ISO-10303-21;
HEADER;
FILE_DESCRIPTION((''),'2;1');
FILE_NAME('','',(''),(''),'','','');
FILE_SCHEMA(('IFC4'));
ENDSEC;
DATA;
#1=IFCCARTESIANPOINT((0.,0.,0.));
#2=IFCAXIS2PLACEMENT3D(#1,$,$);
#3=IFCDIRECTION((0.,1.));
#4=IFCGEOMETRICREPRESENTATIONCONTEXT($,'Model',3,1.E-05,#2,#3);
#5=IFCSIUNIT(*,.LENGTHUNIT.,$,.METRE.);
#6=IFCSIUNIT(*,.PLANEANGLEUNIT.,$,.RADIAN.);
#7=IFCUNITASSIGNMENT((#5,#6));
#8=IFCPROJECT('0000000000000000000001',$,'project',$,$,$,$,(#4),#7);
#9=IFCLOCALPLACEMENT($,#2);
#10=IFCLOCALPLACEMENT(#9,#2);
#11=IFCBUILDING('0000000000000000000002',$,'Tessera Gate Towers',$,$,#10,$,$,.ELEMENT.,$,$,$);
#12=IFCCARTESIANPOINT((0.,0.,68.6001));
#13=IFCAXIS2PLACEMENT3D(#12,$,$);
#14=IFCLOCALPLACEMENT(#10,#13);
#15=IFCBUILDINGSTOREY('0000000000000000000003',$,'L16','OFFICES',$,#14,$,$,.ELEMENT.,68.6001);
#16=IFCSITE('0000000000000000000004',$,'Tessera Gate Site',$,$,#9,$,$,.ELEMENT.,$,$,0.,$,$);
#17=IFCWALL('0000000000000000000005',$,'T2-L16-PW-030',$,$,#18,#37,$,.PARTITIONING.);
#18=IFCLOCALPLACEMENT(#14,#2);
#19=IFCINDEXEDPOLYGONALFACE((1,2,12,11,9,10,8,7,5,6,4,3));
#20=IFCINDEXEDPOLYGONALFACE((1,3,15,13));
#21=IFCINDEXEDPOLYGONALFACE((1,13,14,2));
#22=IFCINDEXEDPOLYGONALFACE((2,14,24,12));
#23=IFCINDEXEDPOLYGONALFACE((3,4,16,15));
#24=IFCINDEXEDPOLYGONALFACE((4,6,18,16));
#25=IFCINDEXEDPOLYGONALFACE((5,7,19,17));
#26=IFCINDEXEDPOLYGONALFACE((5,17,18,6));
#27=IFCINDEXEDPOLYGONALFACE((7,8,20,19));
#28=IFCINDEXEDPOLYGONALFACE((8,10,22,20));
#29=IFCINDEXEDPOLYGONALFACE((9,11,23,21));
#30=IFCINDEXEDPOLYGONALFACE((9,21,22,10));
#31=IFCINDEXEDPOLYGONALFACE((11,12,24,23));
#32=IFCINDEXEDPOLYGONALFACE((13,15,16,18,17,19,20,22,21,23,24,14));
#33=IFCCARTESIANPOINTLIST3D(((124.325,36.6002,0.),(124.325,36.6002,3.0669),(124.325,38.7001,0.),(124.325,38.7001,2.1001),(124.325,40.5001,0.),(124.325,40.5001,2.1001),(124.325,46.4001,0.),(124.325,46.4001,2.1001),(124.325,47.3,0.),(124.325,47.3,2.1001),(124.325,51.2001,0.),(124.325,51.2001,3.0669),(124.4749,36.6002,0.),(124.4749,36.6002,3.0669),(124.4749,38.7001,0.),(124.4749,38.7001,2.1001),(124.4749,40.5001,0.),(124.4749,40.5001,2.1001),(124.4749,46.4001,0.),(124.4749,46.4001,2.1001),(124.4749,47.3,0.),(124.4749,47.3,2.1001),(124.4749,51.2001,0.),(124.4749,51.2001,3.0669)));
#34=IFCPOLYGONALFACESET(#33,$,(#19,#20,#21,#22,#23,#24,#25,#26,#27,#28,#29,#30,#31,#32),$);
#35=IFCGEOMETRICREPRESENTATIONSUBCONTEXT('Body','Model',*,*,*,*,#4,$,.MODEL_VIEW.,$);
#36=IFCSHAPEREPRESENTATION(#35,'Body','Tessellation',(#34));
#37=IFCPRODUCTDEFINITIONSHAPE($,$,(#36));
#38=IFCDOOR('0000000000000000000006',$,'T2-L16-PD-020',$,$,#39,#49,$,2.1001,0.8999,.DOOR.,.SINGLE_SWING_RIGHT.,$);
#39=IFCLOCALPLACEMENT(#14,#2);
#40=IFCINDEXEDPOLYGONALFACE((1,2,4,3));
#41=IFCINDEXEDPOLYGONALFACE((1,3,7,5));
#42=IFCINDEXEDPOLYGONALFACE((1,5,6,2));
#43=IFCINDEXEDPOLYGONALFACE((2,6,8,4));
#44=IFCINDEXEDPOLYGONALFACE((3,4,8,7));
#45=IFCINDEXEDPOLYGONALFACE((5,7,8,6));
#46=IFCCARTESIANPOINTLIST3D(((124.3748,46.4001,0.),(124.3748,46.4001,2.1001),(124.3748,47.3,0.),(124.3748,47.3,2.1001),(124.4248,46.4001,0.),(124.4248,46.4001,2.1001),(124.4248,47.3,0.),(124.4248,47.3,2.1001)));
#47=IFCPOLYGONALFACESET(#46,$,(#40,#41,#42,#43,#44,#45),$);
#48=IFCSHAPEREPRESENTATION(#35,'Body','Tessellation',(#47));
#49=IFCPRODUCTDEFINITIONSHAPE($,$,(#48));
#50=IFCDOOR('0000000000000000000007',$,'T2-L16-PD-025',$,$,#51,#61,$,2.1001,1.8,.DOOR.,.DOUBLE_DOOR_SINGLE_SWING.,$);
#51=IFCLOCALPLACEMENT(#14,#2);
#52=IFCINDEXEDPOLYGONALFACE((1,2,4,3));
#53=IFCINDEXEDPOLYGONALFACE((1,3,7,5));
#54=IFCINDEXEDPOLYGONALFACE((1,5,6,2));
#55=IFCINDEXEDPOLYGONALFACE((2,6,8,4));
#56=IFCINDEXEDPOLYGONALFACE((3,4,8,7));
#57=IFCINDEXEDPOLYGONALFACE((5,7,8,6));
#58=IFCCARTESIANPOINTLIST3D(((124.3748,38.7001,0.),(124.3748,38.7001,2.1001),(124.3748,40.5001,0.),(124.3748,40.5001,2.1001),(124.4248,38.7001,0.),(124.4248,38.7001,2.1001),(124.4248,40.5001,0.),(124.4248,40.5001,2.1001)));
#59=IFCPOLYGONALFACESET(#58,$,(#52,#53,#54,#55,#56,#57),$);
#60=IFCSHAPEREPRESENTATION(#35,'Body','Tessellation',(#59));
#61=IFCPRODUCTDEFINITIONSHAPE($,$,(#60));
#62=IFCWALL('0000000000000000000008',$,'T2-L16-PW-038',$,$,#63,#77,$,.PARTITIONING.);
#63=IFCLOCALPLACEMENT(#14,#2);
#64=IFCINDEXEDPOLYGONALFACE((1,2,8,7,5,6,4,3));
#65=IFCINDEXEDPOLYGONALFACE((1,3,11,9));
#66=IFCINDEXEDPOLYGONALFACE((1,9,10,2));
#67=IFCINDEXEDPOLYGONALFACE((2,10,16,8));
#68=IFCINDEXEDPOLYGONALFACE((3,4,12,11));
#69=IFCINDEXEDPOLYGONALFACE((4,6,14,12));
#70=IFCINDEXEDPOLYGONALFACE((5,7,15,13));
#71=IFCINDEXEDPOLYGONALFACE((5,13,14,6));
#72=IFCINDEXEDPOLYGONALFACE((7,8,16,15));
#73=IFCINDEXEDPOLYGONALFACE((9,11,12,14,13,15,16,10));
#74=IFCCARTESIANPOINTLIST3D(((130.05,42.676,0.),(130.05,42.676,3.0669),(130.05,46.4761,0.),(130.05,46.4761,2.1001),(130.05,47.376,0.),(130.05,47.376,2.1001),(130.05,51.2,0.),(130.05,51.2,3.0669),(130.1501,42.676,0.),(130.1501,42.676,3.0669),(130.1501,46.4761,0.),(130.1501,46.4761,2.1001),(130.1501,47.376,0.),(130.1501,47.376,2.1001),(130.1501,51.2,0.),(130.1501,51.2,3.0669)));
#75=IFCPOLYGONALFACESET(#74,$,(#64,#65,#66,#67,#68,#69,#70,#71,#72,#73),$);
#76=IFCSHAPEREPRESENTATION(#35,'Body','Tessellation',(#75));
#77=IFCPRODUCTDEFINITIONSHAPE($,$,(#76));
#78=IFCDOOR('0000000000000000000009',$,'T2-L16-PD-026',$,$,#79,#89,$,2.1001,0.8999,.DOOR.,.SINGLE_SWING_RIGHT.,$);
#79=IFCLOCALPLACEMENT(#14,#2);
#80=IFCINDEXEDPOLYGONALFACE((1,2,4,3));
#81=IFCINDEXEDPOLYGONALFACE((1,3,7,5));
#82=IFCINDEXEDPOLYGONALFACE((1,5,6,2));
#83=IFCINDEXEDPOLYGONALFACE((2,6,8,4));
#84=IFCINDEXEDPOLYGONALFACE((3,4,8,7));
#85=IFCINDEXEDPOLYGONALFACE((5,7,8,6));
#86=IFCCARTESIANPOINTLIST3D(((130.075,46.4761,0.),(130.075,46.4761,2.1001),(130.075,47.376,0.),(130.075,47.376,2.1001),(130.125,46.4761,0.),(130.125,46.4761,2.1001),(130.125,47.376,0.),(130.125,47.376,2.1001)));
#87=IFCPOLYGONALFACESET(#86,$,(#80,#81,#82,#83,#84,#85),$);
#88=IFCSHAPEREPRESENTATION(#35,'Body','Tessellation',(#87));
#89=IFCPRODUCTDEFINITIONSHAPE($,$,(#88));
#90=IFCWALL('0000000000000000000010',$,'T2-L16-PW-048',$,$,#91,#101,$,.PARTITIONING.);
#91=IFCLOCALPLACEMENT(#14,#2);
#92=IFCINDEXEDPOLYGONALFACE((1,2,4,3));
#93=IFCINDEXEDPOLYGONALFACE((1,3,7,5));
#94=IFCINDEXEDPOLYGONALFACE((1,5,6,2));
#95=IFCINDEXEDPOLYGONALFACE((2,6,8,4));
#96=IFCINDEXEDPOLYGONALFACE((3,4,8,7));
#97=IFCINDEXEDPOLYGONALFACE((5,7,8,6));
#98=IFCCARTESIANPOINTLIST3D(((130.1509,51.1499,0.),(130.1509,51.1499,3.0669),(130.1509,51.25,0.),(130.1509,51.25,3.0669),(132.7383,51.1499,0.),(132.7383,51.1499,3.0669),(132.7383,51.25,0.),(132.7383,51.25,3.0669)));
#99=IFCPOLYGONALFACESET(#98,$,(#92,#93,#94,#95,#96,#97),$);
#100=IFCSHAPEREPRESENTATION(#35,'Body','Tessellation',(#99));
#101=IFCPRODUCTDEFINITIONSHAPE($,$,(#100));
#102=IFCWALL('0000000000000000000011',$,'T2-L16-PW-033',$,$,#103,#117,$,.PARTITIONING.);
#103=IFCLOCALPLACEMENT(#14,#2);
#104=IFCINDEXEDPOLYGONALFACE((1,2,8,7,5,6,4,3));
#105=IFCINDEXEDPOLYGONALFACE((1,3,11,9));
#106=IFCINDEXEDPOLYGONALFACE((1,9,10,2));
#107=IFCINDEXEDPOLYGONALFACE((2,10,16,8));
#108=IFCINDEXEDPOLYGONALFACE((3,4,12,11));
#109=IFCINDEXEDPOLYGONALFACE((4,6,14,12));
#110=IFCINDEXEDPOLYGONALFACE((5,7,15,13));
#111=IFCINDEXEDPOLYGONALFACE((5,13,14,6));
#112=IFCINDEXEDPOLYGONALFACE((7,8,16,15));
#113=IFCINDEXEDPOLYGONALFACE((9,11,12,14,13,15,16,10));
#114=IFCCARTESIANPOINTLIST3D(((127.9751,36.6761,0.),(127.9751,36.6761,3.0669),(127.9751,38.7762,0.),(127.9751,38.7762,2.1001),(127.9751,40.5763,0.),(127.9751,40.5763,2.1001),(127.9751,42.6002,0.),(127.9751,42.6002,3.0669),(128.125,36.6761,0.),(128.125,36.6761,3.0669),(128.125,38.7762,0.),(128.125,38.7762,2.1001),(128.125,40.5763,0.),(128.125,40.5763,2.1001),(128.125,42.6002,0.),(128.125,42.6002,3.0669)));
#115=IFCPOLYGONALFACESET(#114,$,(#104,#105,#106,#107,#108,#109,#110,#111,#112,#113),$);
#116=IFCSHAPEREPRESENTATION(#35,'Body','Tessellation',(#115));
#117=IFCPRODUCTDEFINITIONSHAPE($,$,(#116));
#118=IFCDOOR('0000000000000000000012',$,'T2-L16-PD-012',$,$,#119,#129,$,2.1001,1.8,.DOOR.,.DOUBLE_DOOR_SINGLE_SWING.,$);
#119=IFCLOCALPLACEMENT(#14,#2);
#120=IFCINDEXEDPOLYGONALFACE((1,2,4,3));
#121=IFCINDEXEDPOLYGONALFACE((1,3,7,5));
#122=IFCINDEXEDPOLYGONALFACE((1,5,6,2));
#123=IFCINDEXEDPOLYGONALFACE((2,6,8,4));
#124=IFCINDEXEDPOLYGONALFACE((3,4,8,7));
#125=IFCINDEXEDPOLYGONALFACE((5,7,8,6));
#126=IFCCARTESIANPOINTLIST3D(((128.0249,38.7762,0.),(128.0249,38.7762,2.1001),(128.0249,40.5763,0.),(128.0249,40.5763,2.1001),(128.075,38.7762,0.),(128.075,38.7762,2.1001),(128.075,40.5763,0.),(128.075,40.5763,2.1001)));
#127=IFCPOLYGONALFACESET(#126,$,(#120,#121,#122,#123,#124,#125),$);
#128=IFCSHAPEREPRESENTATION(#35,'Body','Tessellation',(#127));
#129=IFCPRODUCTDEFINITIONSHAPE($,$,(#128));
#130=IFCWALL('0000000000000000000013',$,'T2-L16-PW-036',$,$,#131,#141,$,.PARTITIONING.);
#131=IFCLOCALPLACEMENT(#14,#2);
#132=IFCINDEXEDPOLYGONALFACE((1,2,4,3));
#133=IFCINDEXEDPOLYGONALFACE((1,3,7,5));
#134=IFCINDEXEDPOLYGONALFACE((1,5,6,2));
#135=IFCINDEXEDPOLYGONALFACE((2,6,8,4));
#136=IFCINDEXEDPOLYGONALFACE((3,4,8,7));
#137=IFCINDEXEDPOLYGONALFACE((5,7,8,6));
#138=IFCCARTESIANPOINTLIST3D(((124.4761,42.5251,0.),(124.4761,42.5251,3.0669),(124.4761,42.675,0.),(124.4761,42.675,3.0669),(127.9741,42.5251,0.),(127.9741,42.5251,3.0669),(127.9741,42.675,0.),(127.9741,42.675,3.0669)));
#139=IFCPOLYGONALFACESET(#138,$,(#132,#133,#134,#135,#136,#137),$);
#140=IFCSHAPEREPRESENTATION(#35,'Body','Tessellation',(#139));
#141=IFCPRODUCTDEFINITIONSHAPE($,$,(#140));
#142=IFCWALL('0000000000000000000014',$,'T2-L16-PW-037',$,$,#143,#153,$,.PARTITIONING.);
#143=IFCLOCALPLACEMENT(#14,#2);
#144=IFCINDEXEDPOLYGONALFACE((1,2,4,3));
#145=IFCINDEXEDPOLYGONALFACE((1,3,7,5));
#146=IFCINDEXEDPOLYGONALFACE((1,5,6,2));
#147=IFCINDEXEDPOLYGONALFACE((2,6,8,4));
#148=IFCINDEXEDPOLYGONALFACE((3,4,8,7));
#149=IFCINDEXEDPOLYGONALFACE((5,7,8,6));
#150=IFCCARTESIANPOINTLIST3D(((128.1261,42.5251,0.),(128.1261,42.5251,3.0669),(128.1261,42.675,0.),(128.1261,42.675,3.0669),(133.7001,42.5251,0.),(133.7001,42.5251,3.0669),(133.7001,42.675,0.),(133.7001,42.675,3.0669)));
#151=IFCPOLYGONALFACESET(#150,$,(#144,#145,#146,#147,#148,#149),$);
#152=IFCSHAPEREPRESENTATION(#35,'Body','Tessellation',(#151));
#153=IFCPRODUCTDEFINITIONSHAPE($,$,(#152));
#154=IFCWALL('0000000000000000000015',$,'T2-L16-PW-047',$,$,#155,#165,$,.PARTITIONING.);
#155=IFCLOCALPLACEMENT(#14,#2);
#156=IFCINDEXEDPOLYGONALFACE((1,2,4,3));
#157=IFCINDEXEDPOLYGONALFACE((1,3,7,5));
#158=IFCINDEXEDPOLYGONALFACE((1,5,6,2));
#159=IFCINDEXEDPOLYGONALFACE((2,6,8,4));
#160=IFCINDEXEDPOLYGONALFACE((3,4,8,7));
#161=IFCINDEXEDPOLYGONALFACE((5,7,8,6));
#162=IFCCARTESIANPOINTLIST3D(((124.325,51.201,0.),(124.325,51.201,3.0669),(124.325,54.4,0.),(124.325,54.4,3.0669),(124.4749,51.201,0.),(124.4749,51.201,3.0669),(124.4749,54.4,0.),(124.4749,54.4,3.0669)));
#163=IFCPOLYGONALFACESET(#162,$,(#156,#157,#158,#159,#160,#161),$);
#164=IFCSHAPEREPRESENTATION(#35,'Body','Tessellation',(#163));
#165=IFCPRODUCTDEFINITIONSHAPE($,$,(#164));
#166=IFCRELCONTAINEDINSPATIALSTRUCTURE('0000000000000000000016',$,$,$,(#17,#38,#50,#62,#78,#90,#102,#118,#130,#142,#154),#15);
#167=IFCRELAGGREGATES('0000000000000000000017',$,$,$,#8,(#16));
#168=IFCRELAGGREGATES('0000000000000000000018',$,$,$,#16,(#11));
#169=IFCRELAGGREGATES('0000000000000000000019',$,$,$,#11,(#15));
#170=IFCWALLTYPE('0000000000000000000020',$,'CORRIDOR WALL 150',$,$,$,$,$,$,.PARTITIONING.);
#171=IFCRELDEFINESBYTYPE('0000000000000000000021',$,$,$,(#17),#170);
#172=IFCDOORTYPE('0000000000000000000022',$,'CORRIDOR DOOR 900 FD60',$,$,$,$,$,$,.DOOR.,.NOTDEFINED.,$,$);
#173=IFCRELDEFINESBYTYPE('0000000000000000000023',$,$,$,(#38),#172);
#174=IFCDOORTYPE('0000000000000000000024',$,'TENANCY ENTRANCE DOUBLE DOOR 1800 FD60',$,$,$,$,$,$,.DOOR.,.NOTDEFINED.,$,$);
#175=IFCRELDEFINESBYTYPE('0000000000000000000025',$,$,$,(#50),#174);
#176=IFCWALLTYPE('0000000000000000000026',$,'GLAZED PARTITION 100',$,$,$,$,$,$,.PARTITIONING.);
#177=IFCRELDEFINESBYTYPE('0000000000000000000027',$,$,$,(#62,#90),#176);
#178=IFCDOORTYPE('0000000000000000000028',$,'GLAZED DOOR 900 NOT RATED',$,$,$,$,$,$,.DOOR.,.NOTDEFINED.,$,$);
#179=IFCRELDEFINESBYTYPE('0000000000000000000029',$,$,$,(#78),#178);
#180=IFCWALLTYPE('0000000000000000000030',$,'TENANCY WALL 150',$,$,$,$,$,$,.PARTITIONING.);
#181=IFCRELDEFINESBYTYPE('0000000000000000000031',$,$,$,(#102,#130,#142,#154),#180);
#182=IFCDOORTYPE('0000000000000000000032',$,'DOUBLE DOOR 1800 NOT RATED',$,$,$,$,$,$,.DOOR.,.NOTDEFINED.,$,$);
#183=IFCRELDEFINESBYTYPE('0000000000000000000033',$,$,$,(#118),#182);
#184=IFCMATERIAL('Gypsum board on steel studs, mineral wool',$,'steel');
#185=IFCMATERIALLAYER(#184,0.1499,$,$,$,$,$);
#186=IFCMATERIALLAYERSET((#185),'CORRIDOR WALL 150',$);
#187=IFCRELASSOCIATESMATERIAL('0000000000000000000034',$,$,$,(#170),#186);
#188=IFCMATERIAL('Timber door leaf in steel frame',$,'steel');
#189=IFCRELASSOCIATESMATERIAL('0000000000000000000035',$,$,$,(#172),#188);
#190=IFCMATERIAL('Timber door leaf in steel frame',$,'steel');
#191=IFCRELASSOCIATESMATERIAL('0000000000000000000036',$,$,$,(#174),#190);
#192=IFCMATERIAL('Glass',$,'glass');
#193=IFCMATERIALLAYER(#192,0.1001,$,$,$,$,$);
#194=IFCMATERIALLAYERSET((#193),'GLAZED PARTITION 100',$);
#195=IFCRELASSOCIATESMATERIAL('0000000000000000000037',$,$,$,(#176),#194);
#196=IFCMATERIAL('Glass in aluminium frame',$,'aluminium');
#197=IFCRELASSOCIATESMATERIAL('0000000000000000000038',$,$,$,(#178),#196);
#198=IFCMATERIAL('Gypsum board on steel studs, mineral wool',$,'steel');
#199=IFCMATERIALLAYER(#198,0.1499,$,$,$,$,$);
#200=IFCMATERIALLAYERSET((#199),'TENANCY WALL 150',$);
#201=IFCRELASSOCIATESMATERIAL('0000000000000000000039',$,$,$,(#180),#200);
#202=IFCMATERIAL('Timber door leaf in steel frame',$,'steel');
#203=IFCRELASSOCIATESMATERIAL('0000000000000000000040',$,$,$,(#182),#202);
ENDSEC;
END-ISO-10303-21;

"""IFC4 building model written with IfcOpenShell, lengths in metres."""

from ifc_helpers import new_model, si_unit, direction, frame, frame_2d, origin, place, context, subcontext, project, spatial, rectangle, extrude, source, transform, mapped, material, layer, layer_set, type_object, element, fill, save


model = new_model("IFC4")

# Units and contexts
model_context = context("Model", 3, precision=1e-05, world=origin(), true_north=direction((0.0, 1.0)))
body_context = subcontext(model_context, "Body", "Model", "MODEL_VIEW")
ifc_project = project(units=[si_unit("LENGTHUNIT", "METRE"), si_unit("PLANEANGLEUNIT", "RADIAN")], contexts=[model_context])

# Site, building, storey
site_placement = place(None, origin())
site = spatial("IfcSite", under=ifc_project, at=site_placement, Name="Tessera Gate Site", CompositionType="ELEMENT", RefElevation=0.0)
building_placement = place(site_placement, origin())
building = spatial("IfcBuilding", under=site, at=building_placement, Name="Tessera Gate Towers", CompositionType="ELEMENT")
storey_placement = place(building_placement, frame((0.0, 0.0, 68.6001)))
storey = spatial("IfcBuildingStorey", under=building, at=storey_placement, Name="L16", Description="OFFICES", CompositionType="ELEMENT", Elevation=68.6001)

# Wall, openings, doors
ifc_material_1 = material(Name="Gypsum board on steel studs, mineral wool", Category="steel")
ifc_layer_1 = layer(ifc_material_1, 0.1499)
ifc_layer_set_1 = layer_set([ifc_layer_1], Name="CORRIDOR WALL 150")
wall_type_1 = type_object("IfcWallType", Name="CORRIDOR WALL 150", PredefinedType="PARTITIONING", material=ifc_layer_set_1)
wall_1_placement = place(storey_placement, frame((124.3999, 51.2, 0.0), z_axis=(0.0, 0.0, 1.0), x_axis=(0.0, -1.0, 0.0)))
wall_1 = element("IfcWall", 1, at=wall_1_placement, inside=storey, type_object=wall_type_1, Name="T2-L16-PW-030", PredefinedType="PARTITIONING", context=body_context, shape_type="SweptSolid", body=[
    extrude(rectangle(XDim=14.5999, YDim=0.1499, at=frame_2d((7.2998, 0.0))), origin(), (0.0, 0.0, 1.0), 3.0669),
])
shared_shape_1 = source(origin(), body_context, "Body", "SweptSolid", [
    extrude(rectangle(XDim=0.8999, YDim=2.1001, at=frame_2d((0.45, 1.05))), frame((0.0, 0.085, 0.0), z_axis=(0.0, -1.0, 0.0), x_axis=(1.0, 0.0, 0.0)), (0.0, 0.0, 1.0), 0.1699),
])
opening_1_placement = place(wall_1_placement, frame((3.8999, 0.0, 0.0)))
opening_1 = element("IfcOpeningElement", 2, at=opening_1_placement, cuts=wall_1, PredefinedType="OPENING", context=body_context, shape_type="MappedRepresentation", body=[
    mapped(shared_shape_1, transform((0.0, 0.0, 0.0), scale=1.0)),
])
shared_shape_2 = source(origin(), body_context, "Body", "SweptSolid", [
    extrude(rectangle(XDim=1.8, YDim=2.1001, at=frame_2d((0.8999, 1.05))), frame((0.0, 0.085, 0.0), z_axis=(0.0, -1.0, 0.0), x_axis=(1.0, 0.0, 0.0)), (0.0, 0.0, 1.0), 0.1699),
])
opening_2_placement = place(wall_1_placement, frame((10.7, 0.0, 0.0)))
opening_2 = element("IfcOpeningElement", 3, at=opening_2_placement, cuts=wall_1, PredefinedType="OPENING", context=body_context, shape_type="MappedRepresentation", body=[
    mapped(shared_shape_2, transform((0.0, 0.0, 0.0), scale=1.0)),
])
ifc_material_2 = material(Name="Timber door leaf in steel frame", Category="steel")
door_type_1 = type_object("IfcDoorType", Name="CORRIDOR DOOR 900 FD60", OperationType="NOTDEFINED", PredefinedType="DOOR", material=ifc_material_2)
shared_shape_3 = source(origin(), body_context, "Body", "SweptSolid", [
    extrude(rectangle(XDim=0.8999, YDim=2.1001, at=frame_2d((0.45, 1.05))), frame((0.0, 0.0249, 0.0), z_axis=(0.0, -1.0, 0.0), x_axis=(1.0, 0.0, 0.0)), (0.0, 0.0, 1.0), 0.05),
])
door_1_placement = place(opening_1_placement, origin())
door_1 = element("IfcDoor", 4, at=door_1_placement, inside=storey, type_object=door_type_1, Name="T2-L16-PD-020", OperationType="SINGLE_SWING_RIGHT", OverallHeight=2.1001, OverallWidth=0.8999, PredefinedType="DOOR", context=body_context, shape_type="MappedRepresentation", body=[
    mapped(shared_shape_3, transform((0.0, 0.0, 0.0), scale=1.0)),
])
fill(opening_1, door_1)
ifc_material_3 = material(Name="Timber door leaf in steel frame", Category="steel")
door_type_2 = type_object("IfcDoorType", Name="TENANCY ENTRANCE DOUBLE DOOR 1800 FD60", OperationType="NOTDEFINED", PredefinedType="DOOR", material=ifc_material_3)
shared_shape_4 = source(origin(), body_context, "Body", "SweptSolid", [
    extrude(rectangle(XDim=1.8, YDim=2.1001, at=frame_2d((0.8999, 1.05))), frame((0.0, 0.0249, 0.0), z_axis=(0.0, -1.0, 0.0), x_axis=(1.0, 0.0, 0.0)), (0.0, 0.0, 1.0), 0.05),
])
door_2_placement = place(opening_2_placement, origin())
door_2 = element("IfcDoor", 5, at=door_2_placement, inside=storey, type_object=door_type_2, Name="T2-L16-PD-025", OperationType="DOUBLE_DOOR_SINGLE_SWING", OverallHeight=2.1001, OverallWidth=1.8, PredefinedType="DOOR", context=body_context, shape_type="MappedRepresentation", body=[
    mapped(shared_shape_4, transform((0.0, 0.0, 0.0), scale=1.0)),
])
fill(opening_2, door_2)

# Wall, opening, door
ifc_material_4 = material(Name="Glass", Category="glass")
ifc_layer_2 = layer(ifc_material_4, 0.1001)
ifc_layer_set_2 = layer_set([ifc_layer_2], Name="GLAZED PARTITION 100")
wall_type_2 = type_object("IfcWallType", Name="GLAZED PARTITION 100", PredefinedType="PARTITIONING", material=ifc_layer_set_2)
wall_2_placement = place(storey_placement, frame((130.1001, 51.2, 0.0), z_axis=(0.0, 0.0, 1.0), x_axis=(0.0, -1.0, 0.0)))
wall_2 = element("IfcWall", 6, at=wall_2_placement, inside=storey, type_object=wall_type_2, Name="T2-L16-PW-038", PredefinedType="PARTITIONING", context=body_context, shape_type="SweptSolid", body=[
    extrude(rectangle(XDim=8.5239, YDim=0.1001, at=frame_2d((4.262, 0.0))), origin(), (0.0, 0.0, 1.0), 3.0669),
])
shared_shape_5 = source(origin(), body_context, "Body", "SweptSolid", [
    extrude(rectangle(XDim=0.8999, YDim=2.1001, at=frame_2d((0.45, 1.05))), frame((0.0, 0.0601, 0.0), z_axis=(0.0, -1.0, 0.0), x_axis=(1.0, 0.0, 0.0)), (0.0, 0.0, 1.0), 0.1201),
])
opening_3_placement = place(wall_2_placement, frame((3.824, 0.0, 0.0)))
opening_3 = element("IfcOpeningElement", 7, at=opening_3_placement, cuts=wall_2, PredefinedType="OPENING", context=body_context, shape_type="MappedRepresentation", body=[
    mapped(shared_shape_5, transform((0.0, 0.0, 0.0), scale=1.0)),
])
ifc_material_5 = material(Name="Glass in aluminium frame", Category="aluminium")
door_type_3 = type_object("IfcDoorType", Name="GLAZED DOOR 900 NOT RATED", OperationType="NOTDEFINED", PredefinedType="DOOR", material=ifc_material_5)
door_3_placement = place(opening_3_placement, origin())
door_3 = element("IfcDoor", 8, at=door_3_placement, inside=storey, type_object=door_type_3, Name="T2-L16-PD-026", OperationType="SINGLE_SWING_RIGHT", OverallHeight=2.1001, OverallWidth=0.8999, PredefinedType="DOOR", context=body_context, shape_type="MappedRepresentation", body=[
    mapped(shared_shape_3, transform((0.0, 0.0, 0.0), scale=1.0)),
])
fill(opening_3, door_3)

# Wall
wall_3_placement = place(storey_placement, frame((130.1509, 51.2, 0.0), z_axis=(0.0, 0.0, 1.0), x_axis=(1.0, 0.0, 0.0)))
element("IfcWall", 9, at=wall_3_placement, inside=storey, type_object=wall_type_2, Name="T2-L16-PW-048", PredefinedType="PARTITIONING", context=body_context, shape_type="SweptSolid", body=[
    extrude(rectangle(XDim=2.5874, YDim=0.1001, at=frame_2d((1.2937, 0.0))), origin(), (0.0, 0.0, 1.0), 3.0669),
])

# Wall, opening, door
ifc_material_6 = material(Name="Gypsum board on steel studs, mineral wool", Category="steel")
ifc_layer_3 = layer(ifc_material_6, 0.1499)
ifc_layer_set_3 = layer_set([ifc_layer_3], Name="TENANCY WALL 150")
wall_type_3 = type_object("IfcWallType", Name="TENANCY WALL 150", PredefinedType="PARTITIONING", material=ifc_layer_set_3)
wall_4_placement = place(storey_placement, frame((128.05, 42.6001, 0.0), z_axis=(0.0, 0.0, 1.0), x_axis=(0.0, -1.0, 0.0)))
wall_4 = element("IfcWall", 10, at=wall_4_placement, inside=storey, type_object=wall_type_3, Name="T2-L16-PW-033", PredefinedType="PARTITIONING", context=body_context, shape_type="SweptSolid", body=[
    extrude(rectangle(XDim=5.9241, YDim=0.1499, at=frame_2d((2.9619, 0.0))), origin(), (0.0, 0.0, 1.0), 3.0669),
])
opening_4_placement = place(wall_4_placement, frame((2.0239, 0.0, 0.0)))
opening_4 = element("IfcOpeningElement", 11, at=opening_4_placement, cuts=wall_4, PredefinedType="OPENING", context=body_context, shape_type="MappedRepresentation", body=[
    mapped(shared_shape_2, transform((0.0, 0.0, 0.0), scale=1.0)),
])
ifc_material_7 = material(Name="Timber door leaf in steel frame", Category="steel")
door_type_4 = type_object("IfcDoorType", Name="DOUBLE DOOR 1800 NOT RATED", OperationType="NOTDEFINED", PredefinedType="DOOR", material=ifc_material_7)
door_4_placement = place(opening_4_placement, origin())
door_4 = element("IfcDoor", 12, at=door_4_placement, inside=storey, type_object=door_type_4, Name="T2-L16-PD-012", OperationType="DOUBLE_DOOR_SINGLE_SWING", OverallHeight=2.1001, OverallWidth=1.8, PredefinedType="DOOR", context=body_context, shape_type="MappedRepresentation", body=[
    mapped(shared_shape_4, transform((0.0, 0.0, 0.0), scale=1.0)),
])
fill(opening_4, door_4)

# Walls
wall_5_placement = place(storey_placement, frame((124.4761, 42.6001, 0.0), z_axis=(0.0, 0.0, 1.0), x_axis=(1.0, 0.0, 0.0)))
element("IfcWall", 13, at=wall_5_placement, inside=storey, type_object=wall_type_3, Name="T2-L16-PW-036", PredefinedType="PARTITIONING", context=body_context, shape_type="SweptSolid", body=[
    extrude(rectangle(XDim=3.498, YDim=0.1499, at=frame_2d((1.749, 0.0))), origin(), (0.0, 0.0, 1.0), 3.0669),
])
wall_6_placement = place(storey_placement, frame((128.126, 42.6001, 0.0), z_axis=(0.0, 0.0, 1.0), x_axis=(1.0, 0.0, 0.0)))
element("IfcWall", 14, at=wall_6_placement, inside=storey, type_object=wall_type_3, Name="T2-L16-PW-037", PredefinedType="PARTITIONING", context=body_context, shape_type="SweptSolid", body=[
    extrude(rectangle(XDim=5.574, YDim=0.1499, at=frame_2d((2.7871, 0.0))), origin(), (0.0, 0.0, 1.0), 3.0669),
])
wall_7_placement = place(storey_placement, frame((124.3999, 51.2009, 0.0), z_axis=(0.0, 0.0, 1.0), x_axis=(0.0, 1.0, 0.0)))
element("IfcWall", 15, at=wall_7_placement, inside=storey, type_object=wall_type_3, Name="T2-L16-PW-047", PredefinedType="PARTITIONING", context=body_context, shape_type="SweptSolid", body=[
    extrude(rectangle(XDim=3.199, YDim=0.1499, at=frame_2d((1.5996, 0.0))), origin(), (0.0, 0.0, 1.0), 3.0669),
])

save(model, "model.ifc")
